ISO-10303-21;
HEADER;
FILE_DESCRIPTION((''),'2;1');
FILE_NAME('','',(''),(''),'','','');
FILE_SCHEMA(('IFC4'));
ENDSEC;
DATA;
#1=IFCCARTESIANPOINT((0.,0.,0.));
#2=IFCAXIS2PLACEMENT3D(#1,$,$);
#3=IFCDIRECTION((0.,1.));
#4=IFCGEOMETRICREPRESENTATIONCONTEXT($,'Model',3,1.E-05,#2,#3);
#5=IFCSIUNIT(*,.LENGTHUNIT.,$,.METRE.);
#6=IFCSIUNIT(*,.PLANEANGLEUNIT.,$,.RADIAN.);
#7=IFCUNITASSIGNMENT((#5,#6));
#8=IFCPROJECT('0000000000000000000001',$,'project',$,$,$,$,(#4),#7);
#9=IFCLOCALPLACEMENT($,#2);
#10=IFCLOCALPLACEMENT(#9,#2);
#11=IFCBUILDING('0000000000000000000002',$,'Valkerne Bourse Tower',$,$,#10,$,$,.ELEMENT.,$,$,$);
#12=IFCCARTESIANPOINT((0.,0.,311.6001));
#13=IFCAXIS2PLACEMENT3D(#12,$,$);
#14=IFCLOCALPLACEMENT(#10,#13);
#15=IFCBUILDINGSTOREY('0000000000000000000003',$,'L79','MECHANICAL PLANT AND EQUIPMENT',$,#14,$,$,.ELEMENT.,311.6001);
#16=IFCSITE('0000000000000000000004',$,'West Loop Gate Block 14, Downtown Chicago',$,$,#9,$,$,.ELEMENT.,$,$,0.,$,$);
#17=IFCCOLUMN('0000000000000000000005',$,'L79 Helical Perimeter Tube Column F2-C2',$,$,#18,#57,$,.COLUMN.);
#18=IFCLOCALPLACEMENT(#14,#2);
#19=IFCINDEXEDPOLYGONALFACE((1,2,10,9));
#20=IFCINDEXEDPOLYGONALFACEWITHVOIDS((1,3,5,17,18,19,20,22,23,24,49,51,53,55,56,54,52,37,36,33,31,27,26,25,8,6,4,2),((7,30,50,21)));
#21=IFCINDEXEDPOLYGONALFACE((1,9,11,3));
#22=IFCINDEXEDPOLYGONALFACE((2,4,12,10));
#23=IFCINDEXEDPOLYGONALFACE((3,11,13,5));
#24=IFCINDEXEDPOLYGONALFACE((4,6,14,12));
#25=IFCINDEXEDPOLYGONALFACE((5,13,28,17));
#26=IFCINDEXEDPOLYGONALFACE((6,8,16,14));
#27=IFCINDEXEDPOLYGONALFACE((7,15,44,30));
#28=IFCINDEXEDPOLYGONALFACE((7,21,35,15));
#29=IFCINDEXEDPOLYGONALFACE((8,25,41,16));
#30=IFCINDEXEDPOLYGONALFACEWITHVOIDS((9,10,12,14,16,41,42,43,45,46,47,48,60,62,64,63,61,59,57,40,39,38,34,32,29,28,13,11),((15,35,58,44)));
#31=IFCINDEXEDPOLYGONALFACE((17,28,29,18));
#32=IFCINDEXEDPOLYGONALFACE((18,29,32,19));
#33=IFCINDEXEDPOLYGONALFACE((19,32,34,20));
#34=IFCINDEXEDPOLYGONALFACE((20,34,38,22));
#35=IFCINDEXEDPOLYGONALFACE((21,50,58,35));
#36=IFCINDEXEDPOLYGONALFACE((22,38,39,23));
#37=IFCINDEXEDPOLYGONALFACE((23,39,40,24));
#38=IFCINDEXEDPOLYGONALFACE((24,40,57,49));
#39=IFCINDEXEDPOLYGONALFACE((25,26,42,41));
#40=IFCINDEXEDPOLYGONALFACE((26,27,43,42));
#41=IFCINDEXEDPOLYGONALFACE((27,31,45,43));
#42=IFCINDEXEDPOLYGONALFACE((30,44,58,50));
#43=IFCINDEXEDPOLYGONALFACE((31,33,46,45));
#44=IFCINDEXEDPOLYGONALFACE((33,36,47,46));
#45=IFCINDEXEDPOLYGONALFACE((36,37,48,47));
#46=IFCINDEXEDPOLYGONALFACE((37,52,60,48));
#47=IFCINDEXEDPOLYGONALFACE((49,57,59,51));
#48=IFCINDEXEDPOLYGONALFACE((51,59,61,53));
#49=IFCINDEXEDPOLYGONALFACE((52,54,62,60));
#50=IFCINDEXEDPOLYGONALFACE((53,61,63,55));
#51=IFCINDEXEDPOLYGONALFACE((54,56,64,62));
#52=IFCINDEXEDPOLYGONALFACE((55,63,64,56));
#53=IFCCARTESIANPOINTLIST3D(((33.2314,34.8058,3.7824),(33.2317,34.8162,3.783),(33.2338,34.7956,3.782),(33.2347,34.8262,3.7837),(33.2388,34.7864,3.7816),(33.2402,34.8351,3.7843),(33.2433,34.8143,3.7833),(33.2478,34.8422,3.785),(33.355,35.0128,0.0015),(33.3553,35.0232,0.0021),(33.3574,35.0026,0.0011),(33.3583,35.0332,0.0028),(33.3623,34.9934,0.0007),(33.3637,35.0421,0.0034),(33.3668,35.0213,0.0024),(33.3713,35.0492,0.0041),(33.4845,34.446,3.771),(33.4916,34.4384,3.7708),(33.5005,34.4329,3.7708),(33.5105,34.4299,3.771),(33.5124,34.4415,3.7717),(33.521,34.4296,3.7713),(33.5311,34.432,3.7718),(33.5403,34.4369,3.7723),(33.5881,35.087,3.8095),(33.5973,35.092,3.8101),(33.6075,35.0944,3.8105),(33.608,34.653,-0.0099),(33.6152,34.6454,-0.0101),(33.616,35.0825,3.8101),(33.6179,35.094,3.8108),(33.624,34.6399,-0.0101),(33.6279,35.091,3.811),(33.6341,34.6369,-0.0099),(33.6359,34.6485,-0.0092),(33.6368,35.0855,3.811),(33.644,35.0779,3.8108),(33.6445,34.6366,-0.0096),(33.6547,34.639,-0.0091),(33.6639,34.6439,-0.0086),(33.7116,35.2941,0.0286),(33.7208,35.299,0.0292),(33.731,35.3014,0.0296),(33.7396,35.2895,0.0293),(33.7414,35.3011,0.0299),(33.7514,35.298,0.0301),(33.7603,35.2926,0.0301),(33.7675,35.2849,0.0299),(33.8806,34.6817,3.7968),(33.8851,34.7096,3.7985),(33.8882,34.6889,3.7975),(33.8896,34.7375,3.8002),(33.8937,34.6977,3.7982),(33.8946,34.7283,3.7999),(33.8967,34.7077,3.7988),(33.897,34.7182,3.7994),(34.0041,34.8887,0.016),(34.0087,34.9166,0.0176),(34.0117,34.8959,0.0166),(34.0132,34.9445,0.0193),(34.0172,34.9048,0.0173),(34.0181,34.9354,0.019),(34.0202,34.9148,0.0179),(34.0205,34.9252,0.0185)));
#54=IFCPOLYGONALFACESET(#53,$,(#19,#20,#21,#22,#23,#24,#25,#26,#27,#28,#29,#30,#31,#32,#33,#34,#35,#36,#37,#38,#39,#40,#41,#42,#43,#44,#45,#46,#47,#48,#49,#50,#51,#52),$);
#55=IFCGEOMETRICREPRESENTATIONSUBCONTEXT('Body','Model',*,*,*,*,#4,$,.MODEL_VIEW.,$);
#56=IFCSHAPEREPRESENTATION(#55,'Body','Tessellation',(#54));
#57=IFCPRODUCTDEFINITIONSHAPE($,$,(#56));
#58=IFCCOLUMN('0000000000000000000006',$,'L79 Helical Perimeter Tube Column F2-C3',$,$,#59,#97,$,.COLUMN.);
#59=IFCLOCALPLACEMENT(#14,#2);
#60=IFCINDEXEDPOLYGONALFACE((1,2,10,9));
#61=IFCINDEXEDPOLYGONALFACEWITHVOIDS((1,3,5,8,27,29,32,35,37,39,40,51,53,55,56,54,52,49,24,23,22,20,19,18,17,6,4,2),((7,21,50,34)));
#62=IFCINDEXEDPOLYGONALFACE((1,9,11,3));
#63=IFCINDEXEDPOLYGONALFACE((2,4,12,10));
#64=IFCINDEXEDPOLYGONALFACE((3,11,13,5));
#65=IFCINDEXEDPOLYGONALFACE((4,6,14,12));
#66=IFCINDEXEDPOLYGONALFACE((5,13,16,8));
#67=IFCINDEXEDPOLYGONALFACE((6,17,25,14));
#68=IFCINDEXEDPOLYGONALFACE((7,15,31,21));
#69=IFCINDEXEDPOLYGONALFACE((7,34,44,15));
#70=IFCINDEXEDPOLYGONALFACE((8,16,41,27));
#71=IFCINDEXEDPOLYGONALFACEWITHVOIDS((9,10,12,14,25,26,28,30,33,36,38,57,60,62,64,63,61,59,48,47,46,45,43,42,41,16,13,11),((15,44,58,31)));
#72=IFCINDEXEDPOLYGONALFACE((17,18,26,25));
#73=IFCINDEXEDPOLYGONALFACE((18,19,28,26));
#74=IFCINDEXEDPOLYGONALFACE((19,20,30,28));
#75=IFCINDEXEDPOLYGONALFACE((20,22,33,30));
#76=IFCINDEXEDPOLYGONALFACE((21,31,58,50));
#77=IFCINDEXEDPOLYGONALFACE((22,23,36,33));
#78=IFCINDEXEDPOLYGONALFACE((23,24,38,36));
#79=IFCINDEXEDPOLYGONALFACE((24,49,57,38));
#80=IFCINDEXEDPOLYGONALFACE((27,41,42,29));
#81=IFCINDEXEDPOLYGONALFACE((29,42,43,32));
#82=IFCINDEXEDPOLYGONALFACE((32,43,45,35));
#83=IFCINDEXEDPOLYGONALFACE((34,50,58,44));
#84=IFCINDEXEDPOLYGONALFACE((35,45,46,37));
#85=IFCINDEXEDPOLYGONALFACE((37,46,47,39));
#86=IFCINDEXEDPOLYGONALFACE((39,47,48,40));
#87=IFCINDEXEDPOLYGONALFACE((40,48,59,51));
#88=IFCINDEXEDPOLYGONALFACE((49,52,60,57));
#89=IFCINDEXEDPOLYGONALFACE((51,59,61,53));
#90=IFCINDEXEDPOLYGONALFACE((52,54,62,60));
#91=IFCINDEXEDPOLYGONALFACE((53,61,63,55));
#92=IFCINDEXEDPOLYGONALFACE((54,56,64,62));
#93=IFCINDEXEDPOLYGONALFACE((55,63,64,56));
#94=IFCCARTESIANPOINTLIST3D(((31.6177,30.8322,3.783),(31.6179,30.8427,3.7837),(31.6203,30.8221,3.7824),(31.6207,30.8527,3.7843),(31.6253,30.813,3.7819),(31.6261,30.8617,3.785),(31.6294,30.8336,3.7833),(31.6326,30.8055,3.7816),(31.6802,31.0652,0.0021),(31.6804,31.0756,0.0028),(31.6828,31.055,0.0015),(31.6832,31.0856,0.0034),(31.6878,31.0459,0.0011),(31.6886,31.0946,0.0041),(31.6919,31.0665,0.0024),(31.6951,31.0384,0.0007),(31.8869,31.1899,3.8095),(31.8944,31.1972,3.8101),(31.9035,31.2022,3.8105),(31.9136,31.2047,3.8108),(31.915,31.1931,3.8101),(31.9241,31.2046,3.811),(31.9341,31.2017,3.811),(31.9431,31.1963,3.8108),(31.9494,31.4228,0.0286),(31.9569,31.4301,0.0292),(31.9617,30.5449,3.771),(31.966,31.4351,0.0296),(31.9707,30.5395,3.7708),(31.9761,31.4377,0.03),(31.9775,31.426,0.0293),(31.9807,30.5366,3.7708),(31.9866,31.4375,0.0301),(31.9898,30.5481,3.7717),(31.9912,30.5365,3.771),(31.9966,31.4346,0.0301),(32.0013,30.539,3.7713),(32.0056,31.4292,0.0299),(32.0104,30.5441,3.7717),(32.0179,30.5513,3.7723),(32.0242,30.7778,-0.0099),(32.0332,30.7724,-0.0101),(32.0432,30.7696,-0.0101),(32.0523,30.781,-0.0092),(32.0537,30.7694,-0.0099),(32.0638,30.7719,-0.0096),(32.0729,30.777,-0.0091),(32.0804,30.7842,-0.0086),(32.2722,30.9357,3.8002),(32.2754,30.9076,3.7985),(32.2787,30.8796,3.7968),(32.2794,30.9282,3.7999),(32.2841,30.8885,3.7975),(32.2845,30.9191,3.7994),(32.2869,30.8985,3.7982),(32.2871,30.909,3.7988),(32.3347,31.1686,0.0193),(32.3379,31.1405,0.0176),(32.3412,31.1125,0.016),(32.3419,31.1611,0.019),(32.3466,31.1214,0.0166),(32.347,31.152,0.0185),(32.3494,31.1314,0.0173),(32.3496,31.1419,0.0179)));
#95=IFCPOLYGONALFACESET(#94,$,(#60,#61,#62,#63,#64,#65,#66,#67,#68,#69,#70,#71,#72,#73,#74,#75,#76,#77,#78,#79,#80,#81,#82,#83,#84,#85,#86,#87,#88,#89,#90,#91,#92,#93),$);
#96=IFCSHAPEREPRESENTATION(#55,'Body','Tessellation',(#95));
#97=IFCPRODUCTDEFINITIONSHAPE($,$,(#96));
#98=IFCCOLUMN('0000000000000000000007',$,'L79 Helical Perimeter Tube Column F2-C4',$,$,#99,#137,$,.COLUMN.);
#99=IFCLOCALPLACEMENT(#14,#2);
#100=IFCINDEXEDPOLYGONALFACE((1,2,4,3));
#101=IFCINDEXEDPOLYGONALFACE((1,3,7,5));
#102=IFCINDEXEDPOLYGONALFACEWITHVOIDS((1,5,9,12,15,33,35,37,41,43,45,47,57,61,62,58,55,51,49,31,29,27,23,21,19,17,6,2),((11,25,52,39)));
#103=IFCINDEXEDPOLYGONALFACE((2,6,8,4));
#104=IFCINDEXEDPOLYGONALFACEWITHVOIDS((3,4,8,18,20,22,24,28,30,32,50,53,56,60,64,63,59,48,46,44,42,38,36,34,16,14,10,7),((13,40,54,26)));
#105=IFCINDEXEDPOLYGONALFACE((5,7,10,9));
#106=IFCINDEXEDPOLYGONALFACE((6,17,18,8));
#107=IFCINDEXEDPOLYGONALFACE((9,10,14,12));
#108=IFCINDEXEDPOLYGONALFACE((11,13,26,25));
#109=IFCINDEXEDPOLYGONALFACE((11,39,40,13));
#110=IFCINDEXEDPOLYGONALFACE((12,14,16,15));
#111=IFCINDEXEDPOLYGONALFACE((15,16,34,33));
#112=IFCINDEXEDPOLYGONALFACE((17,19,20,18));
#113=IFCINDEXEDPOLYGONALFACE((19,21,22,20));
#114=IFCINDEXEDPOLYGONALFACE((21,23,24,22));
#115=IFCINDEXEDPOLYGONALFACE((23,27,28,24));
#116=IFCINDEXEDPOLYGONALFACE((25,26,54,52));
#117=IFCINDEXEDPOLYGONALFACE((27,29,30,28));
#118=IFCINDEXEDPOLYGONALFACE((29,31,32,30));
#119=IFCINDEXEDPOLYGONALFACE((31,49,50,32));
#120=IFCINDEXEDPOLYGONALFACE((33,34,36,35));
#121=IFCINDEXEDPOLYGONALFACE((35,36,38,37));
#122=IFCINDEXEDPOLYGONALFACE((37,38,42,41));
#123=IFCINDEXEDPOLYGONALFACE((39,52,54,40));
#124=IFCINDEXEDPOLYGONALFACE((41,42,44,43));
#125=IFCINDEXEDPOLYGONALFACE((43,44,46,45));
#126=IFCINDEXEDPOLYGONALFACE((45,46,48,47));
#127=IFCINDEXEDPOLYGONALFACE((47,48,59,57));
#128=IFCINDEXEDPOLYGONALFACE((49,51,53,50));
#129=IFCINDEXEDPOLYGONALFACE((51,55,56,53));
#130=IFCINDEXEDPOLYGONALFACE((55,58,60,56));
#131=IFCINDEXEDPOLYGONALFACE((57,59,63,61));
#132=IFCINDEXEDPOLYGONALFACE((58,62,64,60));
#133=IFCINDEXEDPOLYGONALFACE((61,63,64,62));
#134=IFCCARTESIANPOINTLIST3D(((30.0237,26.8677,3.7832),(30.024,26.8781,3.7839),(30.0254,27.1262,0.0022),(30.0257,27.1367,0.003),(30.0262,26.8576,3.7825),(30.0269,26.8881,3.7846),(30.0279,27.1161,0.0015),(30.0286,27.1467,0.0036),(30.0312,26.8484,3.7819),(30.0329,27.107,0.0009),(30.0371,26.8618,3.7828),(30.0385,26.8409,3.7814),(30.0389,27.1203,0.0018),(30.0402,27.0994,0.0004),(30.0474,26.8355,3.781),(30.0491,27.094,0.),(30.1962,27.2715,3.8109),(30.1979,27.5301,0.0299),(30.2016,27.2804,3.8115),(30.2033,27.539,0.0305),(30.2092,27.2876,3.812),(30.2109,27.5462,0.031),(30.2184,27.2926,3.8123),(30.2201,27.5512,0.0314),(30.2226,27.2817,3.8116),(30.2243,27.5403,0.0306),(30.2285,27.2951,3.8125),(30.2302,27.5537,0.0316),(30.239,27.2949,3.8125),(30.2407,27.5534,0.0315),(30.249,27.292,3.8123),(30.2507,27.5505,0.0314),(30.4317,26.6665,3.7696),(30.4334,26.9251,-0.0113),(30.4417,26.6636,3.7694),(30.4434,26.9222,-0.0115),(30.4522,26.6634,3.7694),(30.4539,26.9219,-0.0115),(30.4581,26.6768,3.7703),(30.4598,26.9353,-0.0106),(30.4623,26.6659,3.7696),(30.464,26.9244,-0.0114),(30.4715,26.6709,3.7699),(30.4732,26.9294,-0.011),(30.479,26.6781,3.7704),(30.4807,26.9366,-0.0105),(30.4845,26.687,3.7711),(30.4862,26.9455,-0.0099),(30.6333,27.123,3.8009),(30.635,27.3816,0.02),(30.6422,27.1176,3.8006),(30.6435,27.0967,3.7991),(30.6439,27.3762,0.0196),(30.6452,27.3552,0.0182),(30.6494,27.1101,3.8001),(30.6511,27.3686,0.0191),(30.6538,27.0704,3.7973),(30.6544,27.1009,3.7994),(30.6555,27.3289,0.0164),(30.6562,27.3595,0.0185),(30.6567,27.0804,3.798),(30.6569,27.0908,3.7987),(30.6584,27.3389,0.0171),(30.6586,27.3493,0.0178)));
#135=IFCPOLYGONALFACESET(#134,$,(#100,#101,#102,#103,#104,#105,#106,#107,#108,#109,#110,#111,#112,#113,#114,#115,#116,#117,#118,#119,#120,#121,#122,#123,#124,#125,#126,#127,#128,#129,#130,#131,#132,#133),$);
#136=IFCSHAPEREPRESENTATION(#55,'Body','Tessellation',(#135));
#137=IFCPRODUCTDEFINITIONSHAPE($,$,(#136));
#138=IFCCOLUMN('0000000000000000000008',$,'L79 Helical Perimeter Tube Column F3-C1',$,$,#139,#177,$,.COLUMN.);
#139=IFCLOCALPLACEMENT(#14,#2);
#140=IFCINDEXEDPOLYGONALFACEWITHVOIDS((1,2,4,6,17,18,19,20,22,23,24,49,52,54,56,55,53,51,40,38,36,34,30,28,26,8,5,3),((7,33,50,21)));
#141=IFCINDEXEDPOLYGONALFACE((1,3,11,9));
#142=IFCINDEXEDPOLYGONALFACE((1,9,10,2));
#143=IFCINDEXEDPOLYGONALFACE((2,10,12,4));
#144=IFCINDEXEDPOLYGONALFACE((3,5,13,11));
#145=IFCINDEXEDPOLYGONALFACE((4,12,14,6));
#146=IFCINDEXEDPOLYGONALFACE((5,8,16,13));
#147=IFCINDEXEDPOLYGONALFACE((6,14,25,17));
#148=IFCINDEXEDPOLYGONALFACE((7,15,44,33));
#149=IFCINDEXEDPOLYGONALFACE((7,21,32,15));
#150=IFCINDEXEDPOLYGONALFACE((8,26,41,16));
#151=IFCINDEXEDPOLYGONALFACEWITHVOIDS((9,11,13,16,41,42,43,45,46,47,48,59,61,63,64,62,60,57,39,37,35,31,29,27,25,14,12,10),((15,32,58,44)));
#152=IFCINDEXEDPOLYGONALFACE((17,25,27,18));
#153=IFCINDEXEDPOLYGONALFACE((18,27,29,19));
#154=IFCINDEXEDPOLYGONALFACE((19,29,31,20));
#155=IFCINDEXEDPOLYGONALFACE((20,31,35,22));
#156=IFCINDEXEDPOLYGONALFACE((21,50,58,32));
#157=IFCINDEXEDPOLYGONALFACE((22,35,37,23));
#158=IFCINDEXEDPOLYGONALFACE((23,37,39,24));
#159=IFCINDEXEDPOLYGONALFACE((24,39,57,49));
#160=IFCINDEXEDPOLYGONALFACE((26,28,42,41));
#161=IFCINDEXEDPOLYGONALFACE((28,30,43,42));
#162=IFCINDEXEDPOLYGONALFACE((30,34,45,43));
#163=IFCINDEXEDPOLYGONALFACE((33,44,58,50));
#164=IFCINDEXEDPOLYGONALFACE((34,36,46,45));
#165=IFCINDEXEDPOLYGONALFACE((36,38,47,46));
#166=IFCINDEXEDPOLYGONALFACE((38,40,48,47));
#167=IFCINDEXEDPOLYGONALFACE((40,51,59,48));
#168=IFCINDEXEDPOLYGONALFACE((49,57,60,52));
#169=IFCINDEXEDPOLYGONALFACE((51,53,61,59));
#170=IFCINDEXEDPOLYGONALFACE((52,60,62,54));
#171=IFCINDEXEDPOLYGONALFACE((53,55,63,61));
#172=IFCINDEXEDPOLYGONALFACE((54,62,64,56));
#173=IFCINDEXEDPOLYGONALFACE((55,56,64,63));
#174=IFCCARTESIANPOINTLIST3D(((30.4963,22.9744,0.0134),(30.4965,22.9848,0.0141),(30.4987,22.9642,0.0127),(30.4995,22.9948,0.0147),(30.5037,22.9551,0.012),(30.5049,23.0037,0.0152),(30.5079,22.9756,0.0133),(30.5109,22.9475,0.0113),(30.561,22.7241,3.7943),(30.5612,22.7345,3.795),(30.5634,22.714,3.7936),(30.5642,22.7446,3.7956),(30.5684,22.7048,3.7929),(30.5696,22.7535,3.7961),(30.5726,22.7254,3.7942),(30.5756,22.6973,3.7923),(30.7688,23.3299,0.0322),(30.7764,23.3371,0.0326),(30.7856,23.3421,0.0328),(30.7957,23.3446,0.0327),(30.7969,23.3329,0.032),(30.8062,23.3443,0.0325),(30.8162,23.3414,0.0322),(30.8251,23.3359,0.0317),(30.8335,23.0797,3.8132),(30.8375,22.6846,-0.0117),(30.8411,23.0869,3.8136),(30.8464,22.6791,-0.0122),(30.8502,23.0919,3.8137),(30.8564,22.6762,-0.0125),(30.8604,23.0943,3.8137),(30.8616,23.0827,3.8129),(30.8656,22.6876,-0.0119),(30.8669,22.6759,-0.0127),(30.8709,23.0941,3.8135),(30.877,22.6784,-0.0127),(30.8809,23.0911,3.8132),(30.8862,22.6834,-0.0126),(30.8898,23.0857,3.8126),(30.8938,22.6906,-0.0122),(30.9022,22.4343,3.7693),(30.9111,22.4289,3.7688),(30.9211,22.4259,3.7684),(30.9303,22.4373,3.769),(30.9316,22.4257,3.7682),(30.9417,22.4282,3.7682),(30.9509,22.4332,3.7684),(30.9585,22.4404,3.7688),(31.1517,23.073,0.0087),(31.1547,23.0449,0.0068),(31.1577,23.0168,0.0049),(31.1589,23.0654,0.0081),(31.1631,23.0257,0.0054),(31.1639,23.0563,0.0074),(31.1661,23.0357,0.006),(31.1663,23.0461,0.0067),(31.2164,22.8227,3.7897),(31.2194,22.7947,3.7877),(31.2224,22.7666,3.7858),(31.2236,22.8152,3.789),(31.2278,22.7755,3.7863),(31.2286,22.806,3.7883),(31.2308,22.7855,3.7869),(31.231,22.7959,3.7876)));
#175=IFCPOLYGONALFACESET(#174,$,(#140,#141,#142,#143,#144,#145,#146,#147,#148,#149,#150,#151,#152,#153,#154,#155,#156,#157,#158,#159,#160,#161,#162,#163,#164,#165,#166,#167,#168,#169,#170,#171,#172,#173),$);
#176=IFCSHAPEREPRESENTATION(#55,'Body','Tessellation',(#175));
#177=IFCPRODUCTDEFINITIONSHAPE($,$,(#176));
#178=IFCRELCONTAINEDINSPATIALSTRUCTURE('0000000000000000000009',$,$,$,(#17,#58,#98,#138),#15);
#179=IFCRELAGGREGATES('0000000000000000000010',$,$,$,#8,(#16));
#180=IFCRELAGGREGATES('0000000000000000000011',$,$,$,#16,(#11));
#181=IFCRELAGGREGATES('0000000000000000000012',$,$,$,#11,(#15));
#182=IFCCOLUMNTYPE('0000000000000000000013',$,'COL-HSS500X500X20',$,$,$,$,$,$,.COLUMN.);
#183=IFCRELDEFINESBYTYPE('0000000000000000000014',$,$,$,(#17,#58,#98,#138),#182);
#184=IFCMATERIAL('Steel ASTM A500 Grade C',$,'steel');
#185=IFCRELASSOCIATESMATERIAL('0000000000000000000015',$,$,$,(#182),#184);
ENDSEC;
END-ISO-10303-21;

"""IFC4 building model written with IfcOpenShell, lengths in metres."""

from ifc_helpers import new_model, si_unit, direction, frame, origin, origin_2d, place, context, subcontext, project, spatial, hollow_rectangle, extrude, material, material_profile, profile_set, type_object, element, save


model = new_model("IFC4")

# Units and contexts
model_context = context("Model", 3, precision=1e-05, world=origin(), true_north=direction((0.0, 1.0)))
body_context = subcontext(model_context, "Body", "Model", "MODEL_VIEW")
ifc_project = project(units=[si_unit("LENGTHUNIT", "METRE"), si_unit("PLANEANGLEUNIT", "RADIAN")], contexts=[model_context])

# Site, building, storey
site_placement = place(None, origin())
site = spatial("IfcSite", under=ifc_project, at=site_placement, Name="West Loop Gate Block 14, Downtown Chicago", CompositionType="ELEMENT", RefElevation=0.0)
building_placement = place(site_placement, origin())
building = spatial("IfcBuilding", under=site, at=building_placement, Name="Valkerne Bourse Tower", CompositionType="ELEMENT")
storey_placement = place(building_placement, frame((0.0, 0.0, 311.6001)))
storey = spatial("IfcBuildingStorey", under=building, at=storey_placement, Name="L79", Description="MECHANICAL PLANT AND EQUIPMENT", CompositionType="ELEMENT", Elevation=311.6001)

# Columns
ifc_material_1 = material(Name="Steel ASTM A500 Grade C", Category="steel")
ifc_material_profile_1 = material_profile(ifc_material_1, hollow_rectangle(XDim=0.5, YDim=0.5, WallThickness=0.02, OuterFilletRadius=0.04, at=origin_2d()), Name="HSS500X500X20")
ifc_profile_set_1 = profile_set([ifc_material_profile_1], Name="Steel ASTM A500 Grade C")
column_type = type_object("IfcColumnType", Name="COL-HSS500X500X20", PredefinedType="COLUMN", material=ifc_profile_set_1)
for number, where, z_axis, x_axis, name in (
    (1, (33.6877, 34.969, 0.01), (-0.032606, -0.054645, 0.997973), (-0.81036, -0.583014, -0.0584), "L79 Helical Perimeter Tube Column F2-C2"),
    (2, (32.0149, 31.1035, 0.01), (-0.016496, -0.061475, 0.997972), (-0.620954, -0.781667, -0.058415), "L79 Helical Perimeter Tube Column F2-C3"),
):
    element("IfcColumn", number, at=place(storey_placement, frame(where, z_axis=z_axis, x_axis=x_axis)), inside=storey, type_object=column_type, Name=name, PredefinedType="COLUMN", context=body_context, shape_type="SweptSolid", body=[
        extrude(hollow_rectangle(XDim=0.5, YDim=0.5, WallThickness=0.02, OuterFilletRadius=0.04, at=origin_2d()), origin(), (0.0, 0.0, 1.0), 3.7886),
    ])
for number, where, z_axis, x_axis, name in (
    (3, (30.342, 27.2378, 0.01), (-0.000451, -0.068221, 0.99767), (-0.403191, -0.912971, -0.062611), "L79 Helical Perimeter Tube Column F2-C4"),
    (4, (30.8313, 23.0103, 0.01), (0.017071, -0.06603, 0.997672), (0.777728, -0.626212, -0.054753), "L79 Helical Perimeter Tube Column F3-C1"),
):
    element("IfcColumn", number, at=place(storey_placement, frame(where, z_axis=z_axis, x_axis=x_axis)), inside=storey, type_object=column_type, Name=name, PredefinedType="COLUMN", context=body_context, shape_type="SweptSolid", body=[
        extrude(hollow_rectangle(XDim=0.5, YDim=0.5, WallThickness=0.02, OuterFilletRadius=0.04, at=origin_2d()), origin(), (0.0, 0.0, 1.0), 3.7898),
    ])

save(model, "model.ifc")
